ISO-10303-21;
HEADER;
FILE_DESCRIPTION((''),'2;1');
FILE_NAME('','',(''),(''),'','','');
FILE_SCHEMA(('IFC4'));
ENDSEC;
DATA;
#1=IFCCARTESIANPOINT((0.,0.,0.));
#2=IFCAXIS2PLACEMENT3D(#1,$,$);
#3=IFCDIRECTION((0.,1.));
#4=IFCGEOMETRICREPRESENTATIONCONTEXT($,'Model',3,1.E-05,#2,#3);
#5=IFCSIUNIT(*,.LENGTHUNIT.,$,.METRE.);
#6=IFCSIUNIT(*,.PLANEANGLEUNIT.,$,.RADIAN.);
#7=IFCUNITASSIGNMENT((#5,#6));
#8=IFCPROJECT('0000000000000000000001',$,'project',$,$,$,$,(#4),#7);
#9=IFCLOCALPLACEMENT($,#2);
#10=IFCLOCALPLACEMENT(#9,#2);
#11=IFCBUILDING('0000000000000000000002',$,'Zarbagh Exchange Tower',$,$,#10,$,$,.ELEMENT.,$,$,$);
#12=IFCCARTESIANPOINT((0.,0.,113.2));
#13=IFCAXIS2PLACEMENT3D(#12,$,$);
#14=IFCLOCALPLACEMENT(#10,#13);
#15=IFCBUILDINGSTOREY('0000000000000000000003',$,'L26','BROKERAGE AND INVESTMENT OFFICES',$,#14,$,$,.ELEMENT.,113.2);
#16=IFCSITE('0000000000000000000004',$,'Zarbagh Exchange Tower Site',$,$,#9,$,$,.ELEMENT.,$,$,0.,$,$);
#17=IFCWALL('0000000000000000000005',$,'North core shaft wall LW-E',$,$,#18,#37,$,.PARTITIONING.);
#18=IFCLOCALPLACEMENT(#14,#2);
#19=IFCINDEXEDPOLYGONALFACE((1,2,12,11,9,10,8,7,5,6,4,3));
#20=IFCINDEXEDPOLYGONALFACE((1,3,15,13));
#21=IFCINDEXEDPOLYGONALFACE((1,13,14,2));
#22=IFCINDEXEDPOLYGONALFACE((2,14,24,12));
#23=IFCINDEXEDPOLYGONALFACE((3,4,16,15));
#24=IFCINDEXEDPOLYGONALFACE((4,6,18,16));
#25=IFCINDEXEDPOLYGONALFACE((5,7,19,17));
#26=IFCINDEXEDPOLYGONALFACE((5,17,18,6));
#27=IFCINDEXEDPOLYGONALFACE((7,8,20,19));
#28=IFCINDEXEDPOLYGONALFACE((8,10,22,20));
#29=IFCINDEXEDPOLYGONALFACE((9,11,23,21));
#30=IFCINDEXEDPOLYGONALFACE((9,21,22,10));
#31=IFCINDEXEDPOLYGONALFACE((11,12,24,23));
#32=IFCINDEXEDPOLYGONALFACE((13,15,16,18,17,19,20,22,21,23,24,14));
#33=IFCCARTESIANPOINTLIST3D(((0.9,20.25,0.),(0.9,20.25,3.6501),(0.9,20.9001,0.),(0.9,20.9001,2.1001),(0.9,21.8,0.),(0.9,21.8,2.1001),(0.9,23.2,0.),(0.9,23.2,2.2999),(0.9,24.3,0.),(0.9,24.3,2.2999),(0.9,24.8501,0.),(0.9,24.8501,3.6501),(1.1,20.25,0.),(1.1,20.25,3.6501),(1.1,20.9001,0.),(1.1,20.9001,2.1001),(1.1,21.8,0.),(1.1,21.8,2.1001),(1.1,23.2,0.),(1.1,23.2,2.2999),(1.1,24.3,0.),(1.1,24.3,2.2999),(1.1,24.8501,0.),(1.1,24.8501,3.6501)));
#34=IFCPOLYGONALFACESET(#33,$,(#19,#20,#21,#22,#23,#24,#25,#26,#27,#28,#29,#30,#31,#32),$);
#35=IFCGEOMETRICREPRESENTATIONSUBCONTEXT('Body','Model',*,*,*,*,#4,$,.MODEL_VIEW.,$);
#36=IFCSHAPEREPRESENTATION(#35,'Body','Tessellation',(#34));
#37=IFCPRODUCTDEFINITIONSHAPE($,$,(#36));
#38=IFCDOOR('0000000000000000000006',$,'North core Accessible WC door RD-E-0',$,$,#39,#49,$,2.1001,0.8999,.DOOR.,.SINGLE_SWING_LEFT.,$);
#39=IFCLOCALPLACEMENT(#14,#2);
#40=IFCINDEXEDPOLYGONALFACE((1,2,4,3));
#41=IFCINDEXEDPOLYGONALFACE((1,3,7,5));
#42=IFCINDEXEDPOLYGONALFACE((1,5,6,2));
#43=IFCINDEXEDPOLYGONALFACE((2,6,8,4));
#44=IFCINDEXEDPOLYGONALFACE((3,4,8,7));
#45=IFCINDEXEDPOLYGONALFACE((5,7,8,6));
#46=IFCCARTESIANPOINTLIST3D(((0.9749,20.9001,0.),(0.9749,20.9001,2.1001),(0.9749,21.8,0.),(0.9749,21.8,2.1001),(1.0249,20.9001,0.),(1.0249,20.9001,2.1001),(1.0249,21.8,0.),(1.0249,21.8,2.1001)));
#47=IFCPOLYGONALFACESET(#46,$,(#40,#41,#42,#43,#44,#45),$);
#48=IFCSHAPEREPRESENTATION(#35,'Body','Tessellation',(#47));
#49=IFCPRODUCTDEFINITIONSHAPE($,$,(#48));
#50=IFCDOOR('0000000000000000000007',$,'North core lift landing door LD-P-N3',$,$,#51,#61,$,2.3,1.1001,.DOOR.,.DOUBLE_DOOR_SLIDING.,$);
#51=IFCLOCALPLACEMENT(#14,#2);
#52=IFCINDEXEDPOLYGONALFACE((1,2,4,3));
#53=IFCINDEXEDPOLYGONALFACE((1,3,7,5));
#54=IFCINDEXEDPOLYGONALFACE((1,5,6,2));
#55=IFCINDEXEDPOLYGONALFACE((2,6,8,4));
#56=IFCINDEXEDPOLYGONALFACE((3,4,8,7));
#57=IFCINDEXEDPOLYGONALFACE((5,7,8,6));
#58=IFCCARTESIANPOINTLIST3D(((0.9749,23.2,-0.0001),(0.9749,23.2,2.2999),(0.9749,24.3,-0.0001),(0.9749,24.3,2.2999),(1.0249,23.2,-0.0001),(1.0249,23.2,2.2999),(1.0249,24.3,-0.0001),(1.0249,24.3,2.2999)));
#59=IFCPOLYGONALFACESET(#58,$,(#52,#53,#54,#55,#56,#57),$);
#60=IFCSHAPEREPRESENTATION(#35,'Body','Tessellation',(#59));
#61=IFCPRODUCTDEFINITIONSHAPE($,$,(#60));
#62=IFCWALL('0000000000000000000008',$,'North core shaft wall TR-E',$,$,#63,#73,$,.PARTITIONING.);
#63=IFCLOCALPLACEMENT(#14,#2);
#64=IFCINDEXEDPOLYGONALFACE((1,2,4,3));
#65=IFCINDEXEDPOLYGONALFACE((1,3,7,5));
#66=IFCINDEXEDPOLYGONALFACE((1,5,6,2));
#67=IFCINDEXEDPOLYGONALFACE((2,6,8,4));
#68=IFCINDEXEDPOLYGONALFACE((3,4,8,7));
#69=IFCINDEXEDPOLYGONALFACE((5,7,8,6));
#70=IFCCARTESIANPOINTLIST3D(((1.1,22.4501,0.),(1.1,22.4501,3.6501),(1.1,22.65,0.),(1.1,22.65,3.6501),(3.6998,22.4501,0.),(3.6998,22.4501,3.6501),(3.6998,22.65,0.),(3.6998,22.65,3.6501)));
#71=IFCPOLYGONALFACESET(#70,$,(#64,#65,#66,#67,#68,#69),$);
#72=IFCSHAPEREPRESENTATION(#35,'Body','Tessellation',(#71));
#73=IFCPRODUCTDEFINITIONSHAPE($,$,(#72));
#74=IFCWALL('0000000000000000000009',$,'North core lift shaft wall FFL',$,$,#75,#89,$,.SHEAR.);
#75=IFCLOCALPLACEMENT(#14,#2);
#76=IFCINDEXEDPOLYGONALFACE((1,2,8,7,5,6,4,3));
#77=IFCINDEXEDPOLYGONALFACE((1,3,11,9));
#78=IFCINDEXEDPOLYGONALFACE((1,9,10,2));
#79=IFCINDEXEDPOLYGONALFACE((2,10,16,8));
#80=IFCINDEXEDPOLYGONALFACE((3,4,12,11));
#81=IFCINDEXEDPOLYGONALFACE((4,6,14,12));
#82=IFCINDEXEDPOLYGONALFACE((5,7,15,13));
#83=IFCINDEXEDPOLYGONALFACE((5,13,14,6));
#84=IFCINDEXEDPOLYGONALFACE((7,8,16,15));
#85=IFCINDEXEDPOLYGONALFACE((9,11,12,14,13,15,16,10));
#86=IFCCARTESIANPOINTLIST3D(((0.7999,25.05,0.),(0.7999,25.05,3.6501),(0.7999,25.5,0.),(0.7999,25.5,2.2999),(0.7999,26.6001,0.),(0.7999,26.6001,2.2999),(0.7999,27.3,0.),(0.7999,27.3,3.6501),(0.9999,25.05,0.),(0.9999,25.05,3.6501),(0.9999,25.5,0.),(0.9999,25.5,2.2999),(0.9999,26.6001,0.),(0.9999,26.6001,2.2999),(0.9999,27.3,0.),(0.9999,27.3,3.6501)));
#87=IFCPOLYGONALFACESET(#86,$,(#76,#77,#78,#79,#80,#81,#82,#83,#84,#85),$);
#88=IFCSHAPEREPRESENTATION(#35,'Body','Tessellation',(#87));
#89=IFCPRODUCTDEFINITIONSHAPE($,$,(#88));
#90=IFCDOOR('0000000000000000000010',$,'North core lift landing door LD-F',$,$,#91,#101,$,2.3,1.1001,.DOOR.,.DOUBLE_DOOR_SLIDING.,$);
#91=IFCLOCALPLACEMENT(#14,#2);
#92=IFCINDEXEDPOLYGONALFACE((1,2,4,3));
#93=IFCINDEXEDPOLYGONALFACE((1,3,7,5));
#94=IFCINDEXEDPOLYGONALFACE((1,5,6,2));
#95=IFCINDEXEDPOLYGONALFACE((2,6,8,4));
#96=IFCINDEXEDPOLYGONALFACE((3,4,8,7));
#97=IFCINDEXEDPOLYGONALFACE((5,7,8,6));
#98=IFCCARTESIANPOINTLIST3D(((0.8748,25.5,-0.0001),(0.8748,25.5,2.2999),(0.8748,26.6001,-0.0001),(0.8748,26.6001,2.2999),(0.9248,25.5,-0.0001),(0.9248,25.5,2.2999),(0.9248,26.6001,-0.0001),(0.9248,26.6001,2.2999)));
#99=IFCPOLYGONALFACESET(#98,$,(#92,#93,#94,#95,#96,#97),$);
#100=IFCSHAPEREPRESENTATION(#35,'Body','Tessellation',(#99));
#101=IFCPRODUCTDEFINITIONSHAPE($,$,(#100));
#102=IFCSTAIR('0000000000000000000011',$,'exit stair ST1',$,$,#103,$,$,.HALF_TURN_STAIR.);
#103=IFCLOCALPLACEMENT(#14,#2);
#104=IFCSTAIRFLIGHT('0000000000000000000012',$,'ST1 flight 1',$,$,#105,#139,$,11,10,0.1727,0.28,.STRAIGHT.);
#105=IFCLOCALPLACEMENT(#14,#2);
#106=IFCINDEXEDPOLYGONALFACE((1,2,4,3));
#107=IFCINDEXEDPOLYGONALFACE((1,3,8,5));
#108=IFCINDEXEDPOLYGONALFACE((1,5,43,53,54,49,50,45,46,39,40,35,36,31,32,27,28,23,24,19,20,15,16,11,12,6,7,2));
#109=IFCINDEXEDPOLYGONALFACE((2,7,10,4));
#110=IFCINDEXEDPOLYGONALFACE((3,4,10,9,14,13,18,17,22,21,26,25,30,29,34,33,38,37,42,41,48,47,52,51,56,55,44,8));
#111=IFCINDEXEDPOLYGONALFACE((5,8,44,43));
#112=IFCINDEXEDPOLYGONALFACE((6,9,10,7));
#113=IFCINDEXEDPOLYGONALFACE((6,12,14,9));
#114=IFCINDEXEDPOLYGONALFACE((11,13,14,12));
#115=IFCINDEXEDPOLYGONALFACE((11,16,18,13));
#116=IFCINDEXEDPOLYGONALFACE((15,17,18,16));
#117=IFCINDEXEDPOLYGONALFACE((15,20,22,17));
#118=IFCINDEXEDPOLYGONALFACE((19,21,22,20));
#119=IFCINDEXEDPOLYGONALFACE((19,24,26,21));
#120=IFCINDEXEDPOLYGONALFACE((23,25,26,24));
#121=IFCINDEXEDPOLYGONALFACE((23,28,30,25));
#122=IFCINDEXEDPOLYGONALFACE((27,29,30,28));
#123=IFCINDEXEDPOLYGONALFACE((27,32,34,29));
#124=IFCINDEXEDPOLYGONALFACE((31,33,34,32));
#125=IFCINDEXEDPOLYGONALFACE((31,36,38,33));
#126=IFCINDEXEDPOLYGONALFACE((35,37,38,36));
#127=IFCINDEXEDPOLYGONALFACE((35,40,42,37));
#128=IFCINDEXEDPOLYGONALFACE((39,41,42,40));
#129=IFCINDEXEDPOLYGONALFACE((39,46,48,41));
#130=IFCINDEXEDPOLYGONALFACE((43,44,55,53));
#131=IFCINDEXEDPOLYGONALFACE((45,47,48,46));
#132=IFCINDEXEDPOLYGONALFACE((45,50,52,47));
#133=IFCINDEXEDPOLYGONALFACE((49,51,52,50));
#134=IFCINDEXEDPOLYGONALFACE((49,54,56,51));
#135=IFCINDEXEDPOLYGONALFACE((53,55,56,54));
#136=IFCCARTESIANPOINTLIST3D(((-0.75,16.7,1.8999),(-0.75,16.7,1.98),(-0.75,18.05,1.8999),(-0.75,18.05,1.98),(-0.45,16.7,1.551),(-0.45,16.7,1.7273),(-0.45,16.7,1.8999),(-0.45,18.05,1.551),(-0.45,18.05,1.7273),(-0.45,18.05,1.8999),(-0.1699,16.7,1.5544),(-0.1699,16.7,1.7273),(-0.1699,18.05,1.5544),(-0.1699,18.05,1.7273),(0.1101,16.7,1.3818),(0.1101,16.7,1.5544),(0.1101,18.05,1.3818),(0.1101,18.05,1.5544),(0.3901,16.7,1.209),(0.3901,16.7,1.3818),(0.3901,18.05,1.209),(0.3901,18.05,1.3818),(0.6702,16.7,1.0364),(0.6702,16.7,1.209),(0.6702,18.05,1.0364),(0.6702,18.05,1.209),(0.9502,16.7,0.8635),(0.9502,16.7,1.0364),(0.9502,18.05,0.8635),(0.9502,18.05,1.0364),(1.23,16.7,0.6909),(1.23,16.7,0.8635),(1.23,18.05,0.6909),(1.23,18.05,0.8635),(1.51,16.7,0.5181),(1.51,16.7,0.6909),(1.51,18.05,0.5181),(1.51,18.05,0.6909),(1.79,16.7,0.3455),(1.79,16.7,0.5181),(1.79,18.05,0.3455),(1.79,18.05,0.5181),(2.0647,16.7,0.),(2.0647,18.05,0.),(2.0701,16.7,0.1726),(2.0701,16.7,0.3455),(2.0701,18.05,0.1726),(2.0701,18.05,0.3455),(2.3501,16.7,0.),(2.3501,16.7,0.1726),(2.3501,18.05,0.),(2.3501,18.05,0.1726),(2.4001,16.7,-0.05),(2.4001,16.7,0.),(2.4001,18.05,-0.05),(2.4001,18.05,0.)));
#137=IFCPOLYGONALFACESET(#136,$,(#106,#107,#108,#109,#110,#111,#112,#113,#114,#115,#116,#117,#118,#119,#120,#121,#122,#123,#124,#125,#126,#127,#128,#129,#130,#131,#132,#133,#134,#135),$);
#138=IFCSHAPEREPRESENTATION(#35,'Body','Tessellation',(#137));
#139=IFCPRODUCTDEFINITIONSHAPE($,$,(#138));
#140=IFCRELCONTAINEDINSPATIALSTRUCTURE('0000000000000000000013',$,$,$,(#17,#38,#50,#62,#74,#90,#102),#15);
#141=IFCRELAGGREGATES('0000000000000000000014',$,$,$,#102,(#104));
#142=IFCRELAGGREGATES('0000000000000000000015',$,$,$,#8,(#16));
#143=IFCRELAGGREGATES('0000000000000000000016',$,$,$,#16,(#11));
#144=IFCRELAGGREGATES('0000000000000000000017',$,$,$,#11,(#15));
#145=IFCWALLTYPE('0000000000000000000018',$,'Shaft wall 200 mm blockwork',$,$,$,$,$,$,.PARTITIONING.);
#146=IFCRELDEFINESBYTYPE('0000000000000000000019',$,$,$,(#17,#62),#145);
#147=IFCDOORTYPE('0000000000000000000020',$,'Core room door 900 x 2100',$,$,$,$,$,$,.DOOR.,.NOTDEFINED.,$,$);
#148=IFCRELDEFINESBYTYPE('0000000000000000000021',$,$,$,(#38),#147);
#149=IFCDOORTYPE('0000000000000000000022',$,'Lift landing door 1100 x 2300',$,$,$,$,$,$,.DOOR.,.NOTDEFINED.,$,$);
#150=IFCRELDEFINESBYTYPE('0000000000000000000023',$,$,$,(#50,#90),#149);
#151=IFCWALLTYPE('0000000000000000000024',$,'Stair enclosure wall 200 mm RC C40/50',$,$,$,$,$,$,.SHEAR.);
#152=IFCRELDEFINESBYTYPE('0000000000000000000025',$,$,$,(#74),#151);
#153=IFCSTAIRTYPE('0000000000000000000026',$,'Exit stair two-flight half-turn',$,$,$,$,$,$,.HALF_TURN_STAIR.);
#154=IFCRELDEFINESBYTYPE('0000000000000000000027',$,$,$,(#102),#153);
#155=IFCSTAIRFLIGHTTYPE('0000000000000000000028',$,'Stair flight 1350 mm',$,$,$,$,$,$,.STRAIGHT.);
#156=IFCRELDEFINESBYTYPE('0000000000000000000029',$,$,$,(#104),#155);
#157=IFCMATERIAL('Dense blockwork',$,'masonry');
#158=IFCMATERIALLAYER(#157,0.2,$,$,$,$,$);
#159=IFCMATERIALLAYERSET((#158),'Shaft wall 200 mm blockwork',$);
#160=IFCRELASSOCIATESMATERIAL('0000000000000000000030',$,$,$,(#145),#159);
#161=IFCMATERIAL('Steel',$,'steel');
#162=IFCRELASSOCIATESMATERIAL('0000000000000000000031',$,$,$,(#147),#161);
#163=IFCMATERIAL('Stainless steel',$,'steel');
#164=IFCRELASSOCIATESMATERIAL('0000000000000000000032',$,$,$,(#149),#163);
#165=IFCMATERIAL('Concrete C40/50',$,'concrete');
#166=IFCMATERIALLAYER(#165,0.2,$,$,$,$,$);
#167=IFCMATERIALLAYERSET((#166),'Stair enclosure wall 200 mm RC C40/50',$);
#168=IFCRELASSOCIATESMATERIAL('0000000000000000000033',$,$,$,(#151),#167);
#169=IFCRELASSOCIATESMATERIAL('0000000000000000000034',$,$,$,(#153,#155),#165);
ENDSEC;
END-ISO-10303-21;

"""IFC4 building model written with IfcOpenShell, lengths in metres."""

from ifc_helpers import new_model, si_unit, direction, frame, frame_2d, origin, place, context, subcontext, project, spatial, polyline, rectangle, outline, extrude, material, layer, layer_set, type_object, element, fill, aggregate, save


model = new_model("IFC4")

# Units and contexts
model_context = context("Model", 3, precision=1e-05, world=origin(), true_north=direction((0.0, 1.0)))
body_context = subcontext(model_context, "Body", "Model", "MODEL_VIEW")
ifc_project = project(units=[si_unit("LENGTHUNIT", "METRE"), si_unit("PLANEANGLEUNIT", "RADIAN")], contexts=[model_context])

# Site, building, storey
site_placement = place(None, origin())
site = spatial("IfcSite", under=ifc_project, at=site_placement, Name="Zarbagh Exchange Tower Site", CompositionType="ELEMENT", RefElevation=0.0)
building_placement = place(site_placement, origin())
building = spatial("IfcBuilding", under=site, at=building_placement, Name="Zarbagh Exchange Tower", CompositionType="ELEMENT")
storey_placement = place(building_placement, frame((0.0, 0.0, 113.2)))
storey = spatial("IfcBuildingStorey", under=building, at=storey_placement, Name="L26", Description="BROKERAGE AND INVESTMENT OFFICES", CompositionType="ELEMENT", Elevation=113.2)

# Shared definitions
ifc_material_1 = material(Name="Steel", Category="steel")

# Shared definitions
ifc_material_2 = material(Name="Dense blockwork", Category="masonry")
ifc_layer_1 = layer(ifc_material_2, 0.2)
ifc_layer_set_1 = layer_set([ifc_layer_1], Name="Shaft wall 200 mm blockwork")
wall_type_1 = type_object("IfcWallType", Name="Shaft wall 200 mm blockwork", PredefinedType="PARTITIONING", material=ifc_layer_set_1)

# Wall, openings, doors
wall_1_placement = place(storey_placement, frame((1.0, 24.8501, 0.0), z_axis=(0.0, 0.0, 1.0), x_axis=(0.0, -1.0, 0.0)))
wall_1 = element("IfcWall", 1, at=wall_1_placement, inside=storey, type_object=wall_type_1, Name="North core shaft wall LW-E", PredefinedType="PARTITIONING", context=body_context, shape_type="SweptSolid", body=[
    extrude(rectangle(XDim=4.6001, YDim=0.2, at=frame_2d((2.3, 0.0))), origin(), (0.0, 0.0, 1.0), 3.6501),
])
opening_1_placement = place(wall_1_placement, frame((0.55, 0.0, 0.0)))
opening_1 = element("IfcOpeningElement", 2, at=opening_1_placement, cuts=wall_1, PredefinedType="OPENING", context=body_context, shape_type="SweptSolid", body=[
    extrude(rectangle(XDim=1.1001, YDim=2.3, at=frame_2d((0.55, 1.1499))), frame((0.0, 0.1099, 0.0), z_axis=(0.0, -1.0, 0.0), x_axis=(1.0, 0.0, 0.0)), (0.0, 0.0, 1.0), 0.22),
])
opening_2_placement = place(wall_1_placement, frame((3.05, 0.0, 0.0)))
opening_2 = element("IfcOpeningElement", 3, at=opening_2_placement, cuts=wall_1, PredefinedType="OPENING", context=body_context, shape_type="SweptSolid", body=[
    extrude(rectangle(XDim=0.8999, YDim=2.1001, at=frame_2d((0.45, 1.05))), frame((0.0, 0.1099, 0.0), z_axis=(0.0, -1.0, 0.0), x_axis=(1.0, 0.0, 0.0)), (0.0, 0.0, 1.0), 0.22),
])
door_type_1 = type_object("IfcDoorType", Name="Core room door 900 x 2100", OperationType="NOTDEFINED", PredefinedType="DOOR", material=ifc_material_1)
door_1_placement = place(opening_2_placement, origin())
door_1 = element("IfcDoor", 4, at=door_1_placement, inside=storey, type_object=door_type_1, Name="North core Accessible WC door RD-E-0", OperationType="SINGLE_SWING_LEFT", OverallHeight=2.1001, OverallWidth=0.8999, PredefinedType="DOOR", context=body_context, shape_type="SweptSolid", body=[
    extrude(rectangle(XDim=0.8999, YDim=2.1001, at=frame_2d((0.45, 1.05))), frame((0.0, 0.0249, 0.0), z_axis=(0.0, -1.0, 0.0), x_axis=(1.0, 0.0, 0.0)), (0.0, 0.0, 1.0), 0.05),
])
fill(opening_2, door_1)
ifc_material_3 = material(Name="Stainless steel", Category="steel")
door_type_2 = type_object("IfcDoorType", Name="Lift landing door 1100 x 2300", OperationType="NOTDEFINED", PredefinedType="DOOR", material=ifc_material_3)
door_2_placement = place(opening_1_placement, origin())
door_2 = element("IfcDoor", 5, at=door_2_placement, inside=storey, type_object=door_type_2, Name="North core lift landing door LD-P-N3", OperationType="DOUBLE_DOOR_SLIDING", OverallHeight=2.3, OverallWidth=1.1001, PredefinedType="DOOR", context=body_context, shape_type="SweptSolid", body=[
    extrude(rectangle(XDim=1.1001, YDim=2.3, at=frame_2d((0.55, 1.1499))), frame((0.0, 0.0249, 0.0), z_axis=(0.0, -1.0, 0.0), x_axis=(1.0, 0.0, 0.0)), (0.0, 0.0, 1.0), 0.05),
])
fill(opening_1, door_2)

# Wall
wall_2_placement = place(storey_placement, frame((1.1001, 22.55, 0.0), z_axis=(0.0, 0.0, 1.0), x_axis=(1.0, 0.0, 0.0)))
element("IfcWall", 6, at=wall_2_placement, inside=storey, type_object=wall_type_1, Name="North core shaft wall TR-E", PredefinedType="PARTITIONING", context=body_context, shape_type="SweptSolid", body=[
    extrude(rectangle(XDim=2.5999, YDim=0.2, at=frame_2d((1.2998, 0.0))), origin(), (0.0, 0.0, 1.0), 3.6501),
])

# Wall, opening, door
ifc_material_4 = material(Name="Concrete C40/50", Category="concrete")
ifc_layer_2 = layer(ifc_material_4, 0.2)
ifc_layer_set_2 = layer_set([ifc_layer_2], Name="Stair enclosure wall 200 mm RC C40/50")
wall_type_2 = type_object("IfcWallType", Name="Stair enclosure wall 200 mm RC C40/50", PredefinedType="SHEAR", material=ifc_layer_set_2)
wall_3_placement = place(storey_placement, frame((0.8999, 27.3, 0.0), z_axis=(0.0, 0.0, 1.0), x_axis=(0.0, -1.0, 0.0)))
wall_3 = element("IfcWall", 7, at=wall_3_placement, inside=storey, type_object=wall_type_2, Name="North core lift shaft wall FFL", PredefinedType="SHEAR", context=body_context, shape_type="SweptSolid", body=[
    extrude(rectangle(XDim=2.25, YDim=0.2, at=frame_2d((1.125, 0.0))), origin(), (0.0, 0.0, 1.0), 3.6501),
])
opening_3_placement = place(wall_3_placement, frame((0.7, 0.0, 0.0)))
opening_3 = element("IfcOpeningElement", 8, at=opening_3_placement, cuts=wall_3, PredefinedType="OPENING", context=body_context, shape_type="SweptSolid", body=[
    extrude(rectangle(XDim=1.1001, YDim=2.3, at=frame_2d((0.55, 1.1499))), frame((0.0, 0.1099, 0.0), z_axis=(0.0, -1.0, 0.0), x_axis=(1.0, 0.0, 0.0)), (0.0, 0.0, 1.0), 0.22),
])
door_3_placement = place(opening_3_placement, origin())
door_3 = element("IfcDoor", 9, at=door_3_placement, inside=storey, type_object=door_type_2, Name="North core lift landing door LD-F", OperationType="DOUBLE_DOOR_SLIDING", OverallHeight=2.3, OverallWidth=1.1001, PredefinedType="DOOR", context=body_context, shape_type="SweptSolid", body=[
    extrude(rectangle(XDim=1.1001, YDim=2.3, at=frame_2d((0.55, 1.1499))), frame((0.0, 0.0249, 0.0), z_axis=(0.0, -1.0, 0.0), x_axis=(1.0, 0.0, 0.0)), (0.0, 0.0, 1.0), 0.05),
])
fill(opening_3, door_3)

# Stair, stair flight
stair_type = type_object("IfcStairType", Name="Exit stair two-flight half-turn", PredefinedType="HALF_TURN_STAIR", material=ifc_material_4)
stair_placement = place(storey_placement, origin())
stair = element("IfcStair", 10, at=stair_placement, inside=storey, type_object=stair_type, Name="exit stair ST1", PredefinedType="HALF_TURN_STAIR")
stair_flight_type = type_object("IfcStairFlightType", Name="Stair flight 1350 mm", PredefinedType="STRAIGHT", material=ifc_material_4)
stair_flight_placement = place(storey_placement, frame((2.3501, 17.375, 0.0), z_axis=(0.0, 0.0, 1.0), x_axis=(-1.0, 0.0, 0.0)))
stair_flight = element("IfcStairFlight", 11, at=stair_flight_placement, type_object=stair_flight_type, Name="ST1 flight 1", NumberOfRisers=11, NumberOfTreads=10, PredefinedType="STRAIGHT", RiserHeight=0.1727, TreadLength=0.28, context=body_context, shape_type="SweptSolid", body=[
    extrude(outline(polyline([(-0.05, -0.05), (-0.05, 0.0), (0.0, 0.0), (0.0, 0.1726), (0.28, 0.1726), (0.28, 0.3455), (0.5601, 0.3455), (0.5601, 0.5181), (0.8401, 0.5181), (0.8401, 0.6909), (1.1201, 0.6909), (1.1201, 0.8635), (1.3999, 0.8635), (1.3999, 1.0364), (1.6799, 1.0364), (1.6799, 1.209), (1.96, 1.209), (1.96, 1.3818), (2.24, 1.3818), (2.24, 1.5544), (2.52, 1.5544), (2.52, 1.7273), (2.8, 1.7273), (2.8, 1.8999), (3.1001, 1.98), (3.1001, 1.8999), (2.8, 1.551), (0.2854, 0.0), (-0.05, -0.05)])), frame((0.0, 0.675, 0.0), z_axis=(0.0, -1.0, 0.0), x_axis=(1.0, 0.0, 0.0)), (0.0, 0.0, 1.0), 1.3501),
])
aggregate(stair, [stair_flight])

save(model, "model.ifc")
